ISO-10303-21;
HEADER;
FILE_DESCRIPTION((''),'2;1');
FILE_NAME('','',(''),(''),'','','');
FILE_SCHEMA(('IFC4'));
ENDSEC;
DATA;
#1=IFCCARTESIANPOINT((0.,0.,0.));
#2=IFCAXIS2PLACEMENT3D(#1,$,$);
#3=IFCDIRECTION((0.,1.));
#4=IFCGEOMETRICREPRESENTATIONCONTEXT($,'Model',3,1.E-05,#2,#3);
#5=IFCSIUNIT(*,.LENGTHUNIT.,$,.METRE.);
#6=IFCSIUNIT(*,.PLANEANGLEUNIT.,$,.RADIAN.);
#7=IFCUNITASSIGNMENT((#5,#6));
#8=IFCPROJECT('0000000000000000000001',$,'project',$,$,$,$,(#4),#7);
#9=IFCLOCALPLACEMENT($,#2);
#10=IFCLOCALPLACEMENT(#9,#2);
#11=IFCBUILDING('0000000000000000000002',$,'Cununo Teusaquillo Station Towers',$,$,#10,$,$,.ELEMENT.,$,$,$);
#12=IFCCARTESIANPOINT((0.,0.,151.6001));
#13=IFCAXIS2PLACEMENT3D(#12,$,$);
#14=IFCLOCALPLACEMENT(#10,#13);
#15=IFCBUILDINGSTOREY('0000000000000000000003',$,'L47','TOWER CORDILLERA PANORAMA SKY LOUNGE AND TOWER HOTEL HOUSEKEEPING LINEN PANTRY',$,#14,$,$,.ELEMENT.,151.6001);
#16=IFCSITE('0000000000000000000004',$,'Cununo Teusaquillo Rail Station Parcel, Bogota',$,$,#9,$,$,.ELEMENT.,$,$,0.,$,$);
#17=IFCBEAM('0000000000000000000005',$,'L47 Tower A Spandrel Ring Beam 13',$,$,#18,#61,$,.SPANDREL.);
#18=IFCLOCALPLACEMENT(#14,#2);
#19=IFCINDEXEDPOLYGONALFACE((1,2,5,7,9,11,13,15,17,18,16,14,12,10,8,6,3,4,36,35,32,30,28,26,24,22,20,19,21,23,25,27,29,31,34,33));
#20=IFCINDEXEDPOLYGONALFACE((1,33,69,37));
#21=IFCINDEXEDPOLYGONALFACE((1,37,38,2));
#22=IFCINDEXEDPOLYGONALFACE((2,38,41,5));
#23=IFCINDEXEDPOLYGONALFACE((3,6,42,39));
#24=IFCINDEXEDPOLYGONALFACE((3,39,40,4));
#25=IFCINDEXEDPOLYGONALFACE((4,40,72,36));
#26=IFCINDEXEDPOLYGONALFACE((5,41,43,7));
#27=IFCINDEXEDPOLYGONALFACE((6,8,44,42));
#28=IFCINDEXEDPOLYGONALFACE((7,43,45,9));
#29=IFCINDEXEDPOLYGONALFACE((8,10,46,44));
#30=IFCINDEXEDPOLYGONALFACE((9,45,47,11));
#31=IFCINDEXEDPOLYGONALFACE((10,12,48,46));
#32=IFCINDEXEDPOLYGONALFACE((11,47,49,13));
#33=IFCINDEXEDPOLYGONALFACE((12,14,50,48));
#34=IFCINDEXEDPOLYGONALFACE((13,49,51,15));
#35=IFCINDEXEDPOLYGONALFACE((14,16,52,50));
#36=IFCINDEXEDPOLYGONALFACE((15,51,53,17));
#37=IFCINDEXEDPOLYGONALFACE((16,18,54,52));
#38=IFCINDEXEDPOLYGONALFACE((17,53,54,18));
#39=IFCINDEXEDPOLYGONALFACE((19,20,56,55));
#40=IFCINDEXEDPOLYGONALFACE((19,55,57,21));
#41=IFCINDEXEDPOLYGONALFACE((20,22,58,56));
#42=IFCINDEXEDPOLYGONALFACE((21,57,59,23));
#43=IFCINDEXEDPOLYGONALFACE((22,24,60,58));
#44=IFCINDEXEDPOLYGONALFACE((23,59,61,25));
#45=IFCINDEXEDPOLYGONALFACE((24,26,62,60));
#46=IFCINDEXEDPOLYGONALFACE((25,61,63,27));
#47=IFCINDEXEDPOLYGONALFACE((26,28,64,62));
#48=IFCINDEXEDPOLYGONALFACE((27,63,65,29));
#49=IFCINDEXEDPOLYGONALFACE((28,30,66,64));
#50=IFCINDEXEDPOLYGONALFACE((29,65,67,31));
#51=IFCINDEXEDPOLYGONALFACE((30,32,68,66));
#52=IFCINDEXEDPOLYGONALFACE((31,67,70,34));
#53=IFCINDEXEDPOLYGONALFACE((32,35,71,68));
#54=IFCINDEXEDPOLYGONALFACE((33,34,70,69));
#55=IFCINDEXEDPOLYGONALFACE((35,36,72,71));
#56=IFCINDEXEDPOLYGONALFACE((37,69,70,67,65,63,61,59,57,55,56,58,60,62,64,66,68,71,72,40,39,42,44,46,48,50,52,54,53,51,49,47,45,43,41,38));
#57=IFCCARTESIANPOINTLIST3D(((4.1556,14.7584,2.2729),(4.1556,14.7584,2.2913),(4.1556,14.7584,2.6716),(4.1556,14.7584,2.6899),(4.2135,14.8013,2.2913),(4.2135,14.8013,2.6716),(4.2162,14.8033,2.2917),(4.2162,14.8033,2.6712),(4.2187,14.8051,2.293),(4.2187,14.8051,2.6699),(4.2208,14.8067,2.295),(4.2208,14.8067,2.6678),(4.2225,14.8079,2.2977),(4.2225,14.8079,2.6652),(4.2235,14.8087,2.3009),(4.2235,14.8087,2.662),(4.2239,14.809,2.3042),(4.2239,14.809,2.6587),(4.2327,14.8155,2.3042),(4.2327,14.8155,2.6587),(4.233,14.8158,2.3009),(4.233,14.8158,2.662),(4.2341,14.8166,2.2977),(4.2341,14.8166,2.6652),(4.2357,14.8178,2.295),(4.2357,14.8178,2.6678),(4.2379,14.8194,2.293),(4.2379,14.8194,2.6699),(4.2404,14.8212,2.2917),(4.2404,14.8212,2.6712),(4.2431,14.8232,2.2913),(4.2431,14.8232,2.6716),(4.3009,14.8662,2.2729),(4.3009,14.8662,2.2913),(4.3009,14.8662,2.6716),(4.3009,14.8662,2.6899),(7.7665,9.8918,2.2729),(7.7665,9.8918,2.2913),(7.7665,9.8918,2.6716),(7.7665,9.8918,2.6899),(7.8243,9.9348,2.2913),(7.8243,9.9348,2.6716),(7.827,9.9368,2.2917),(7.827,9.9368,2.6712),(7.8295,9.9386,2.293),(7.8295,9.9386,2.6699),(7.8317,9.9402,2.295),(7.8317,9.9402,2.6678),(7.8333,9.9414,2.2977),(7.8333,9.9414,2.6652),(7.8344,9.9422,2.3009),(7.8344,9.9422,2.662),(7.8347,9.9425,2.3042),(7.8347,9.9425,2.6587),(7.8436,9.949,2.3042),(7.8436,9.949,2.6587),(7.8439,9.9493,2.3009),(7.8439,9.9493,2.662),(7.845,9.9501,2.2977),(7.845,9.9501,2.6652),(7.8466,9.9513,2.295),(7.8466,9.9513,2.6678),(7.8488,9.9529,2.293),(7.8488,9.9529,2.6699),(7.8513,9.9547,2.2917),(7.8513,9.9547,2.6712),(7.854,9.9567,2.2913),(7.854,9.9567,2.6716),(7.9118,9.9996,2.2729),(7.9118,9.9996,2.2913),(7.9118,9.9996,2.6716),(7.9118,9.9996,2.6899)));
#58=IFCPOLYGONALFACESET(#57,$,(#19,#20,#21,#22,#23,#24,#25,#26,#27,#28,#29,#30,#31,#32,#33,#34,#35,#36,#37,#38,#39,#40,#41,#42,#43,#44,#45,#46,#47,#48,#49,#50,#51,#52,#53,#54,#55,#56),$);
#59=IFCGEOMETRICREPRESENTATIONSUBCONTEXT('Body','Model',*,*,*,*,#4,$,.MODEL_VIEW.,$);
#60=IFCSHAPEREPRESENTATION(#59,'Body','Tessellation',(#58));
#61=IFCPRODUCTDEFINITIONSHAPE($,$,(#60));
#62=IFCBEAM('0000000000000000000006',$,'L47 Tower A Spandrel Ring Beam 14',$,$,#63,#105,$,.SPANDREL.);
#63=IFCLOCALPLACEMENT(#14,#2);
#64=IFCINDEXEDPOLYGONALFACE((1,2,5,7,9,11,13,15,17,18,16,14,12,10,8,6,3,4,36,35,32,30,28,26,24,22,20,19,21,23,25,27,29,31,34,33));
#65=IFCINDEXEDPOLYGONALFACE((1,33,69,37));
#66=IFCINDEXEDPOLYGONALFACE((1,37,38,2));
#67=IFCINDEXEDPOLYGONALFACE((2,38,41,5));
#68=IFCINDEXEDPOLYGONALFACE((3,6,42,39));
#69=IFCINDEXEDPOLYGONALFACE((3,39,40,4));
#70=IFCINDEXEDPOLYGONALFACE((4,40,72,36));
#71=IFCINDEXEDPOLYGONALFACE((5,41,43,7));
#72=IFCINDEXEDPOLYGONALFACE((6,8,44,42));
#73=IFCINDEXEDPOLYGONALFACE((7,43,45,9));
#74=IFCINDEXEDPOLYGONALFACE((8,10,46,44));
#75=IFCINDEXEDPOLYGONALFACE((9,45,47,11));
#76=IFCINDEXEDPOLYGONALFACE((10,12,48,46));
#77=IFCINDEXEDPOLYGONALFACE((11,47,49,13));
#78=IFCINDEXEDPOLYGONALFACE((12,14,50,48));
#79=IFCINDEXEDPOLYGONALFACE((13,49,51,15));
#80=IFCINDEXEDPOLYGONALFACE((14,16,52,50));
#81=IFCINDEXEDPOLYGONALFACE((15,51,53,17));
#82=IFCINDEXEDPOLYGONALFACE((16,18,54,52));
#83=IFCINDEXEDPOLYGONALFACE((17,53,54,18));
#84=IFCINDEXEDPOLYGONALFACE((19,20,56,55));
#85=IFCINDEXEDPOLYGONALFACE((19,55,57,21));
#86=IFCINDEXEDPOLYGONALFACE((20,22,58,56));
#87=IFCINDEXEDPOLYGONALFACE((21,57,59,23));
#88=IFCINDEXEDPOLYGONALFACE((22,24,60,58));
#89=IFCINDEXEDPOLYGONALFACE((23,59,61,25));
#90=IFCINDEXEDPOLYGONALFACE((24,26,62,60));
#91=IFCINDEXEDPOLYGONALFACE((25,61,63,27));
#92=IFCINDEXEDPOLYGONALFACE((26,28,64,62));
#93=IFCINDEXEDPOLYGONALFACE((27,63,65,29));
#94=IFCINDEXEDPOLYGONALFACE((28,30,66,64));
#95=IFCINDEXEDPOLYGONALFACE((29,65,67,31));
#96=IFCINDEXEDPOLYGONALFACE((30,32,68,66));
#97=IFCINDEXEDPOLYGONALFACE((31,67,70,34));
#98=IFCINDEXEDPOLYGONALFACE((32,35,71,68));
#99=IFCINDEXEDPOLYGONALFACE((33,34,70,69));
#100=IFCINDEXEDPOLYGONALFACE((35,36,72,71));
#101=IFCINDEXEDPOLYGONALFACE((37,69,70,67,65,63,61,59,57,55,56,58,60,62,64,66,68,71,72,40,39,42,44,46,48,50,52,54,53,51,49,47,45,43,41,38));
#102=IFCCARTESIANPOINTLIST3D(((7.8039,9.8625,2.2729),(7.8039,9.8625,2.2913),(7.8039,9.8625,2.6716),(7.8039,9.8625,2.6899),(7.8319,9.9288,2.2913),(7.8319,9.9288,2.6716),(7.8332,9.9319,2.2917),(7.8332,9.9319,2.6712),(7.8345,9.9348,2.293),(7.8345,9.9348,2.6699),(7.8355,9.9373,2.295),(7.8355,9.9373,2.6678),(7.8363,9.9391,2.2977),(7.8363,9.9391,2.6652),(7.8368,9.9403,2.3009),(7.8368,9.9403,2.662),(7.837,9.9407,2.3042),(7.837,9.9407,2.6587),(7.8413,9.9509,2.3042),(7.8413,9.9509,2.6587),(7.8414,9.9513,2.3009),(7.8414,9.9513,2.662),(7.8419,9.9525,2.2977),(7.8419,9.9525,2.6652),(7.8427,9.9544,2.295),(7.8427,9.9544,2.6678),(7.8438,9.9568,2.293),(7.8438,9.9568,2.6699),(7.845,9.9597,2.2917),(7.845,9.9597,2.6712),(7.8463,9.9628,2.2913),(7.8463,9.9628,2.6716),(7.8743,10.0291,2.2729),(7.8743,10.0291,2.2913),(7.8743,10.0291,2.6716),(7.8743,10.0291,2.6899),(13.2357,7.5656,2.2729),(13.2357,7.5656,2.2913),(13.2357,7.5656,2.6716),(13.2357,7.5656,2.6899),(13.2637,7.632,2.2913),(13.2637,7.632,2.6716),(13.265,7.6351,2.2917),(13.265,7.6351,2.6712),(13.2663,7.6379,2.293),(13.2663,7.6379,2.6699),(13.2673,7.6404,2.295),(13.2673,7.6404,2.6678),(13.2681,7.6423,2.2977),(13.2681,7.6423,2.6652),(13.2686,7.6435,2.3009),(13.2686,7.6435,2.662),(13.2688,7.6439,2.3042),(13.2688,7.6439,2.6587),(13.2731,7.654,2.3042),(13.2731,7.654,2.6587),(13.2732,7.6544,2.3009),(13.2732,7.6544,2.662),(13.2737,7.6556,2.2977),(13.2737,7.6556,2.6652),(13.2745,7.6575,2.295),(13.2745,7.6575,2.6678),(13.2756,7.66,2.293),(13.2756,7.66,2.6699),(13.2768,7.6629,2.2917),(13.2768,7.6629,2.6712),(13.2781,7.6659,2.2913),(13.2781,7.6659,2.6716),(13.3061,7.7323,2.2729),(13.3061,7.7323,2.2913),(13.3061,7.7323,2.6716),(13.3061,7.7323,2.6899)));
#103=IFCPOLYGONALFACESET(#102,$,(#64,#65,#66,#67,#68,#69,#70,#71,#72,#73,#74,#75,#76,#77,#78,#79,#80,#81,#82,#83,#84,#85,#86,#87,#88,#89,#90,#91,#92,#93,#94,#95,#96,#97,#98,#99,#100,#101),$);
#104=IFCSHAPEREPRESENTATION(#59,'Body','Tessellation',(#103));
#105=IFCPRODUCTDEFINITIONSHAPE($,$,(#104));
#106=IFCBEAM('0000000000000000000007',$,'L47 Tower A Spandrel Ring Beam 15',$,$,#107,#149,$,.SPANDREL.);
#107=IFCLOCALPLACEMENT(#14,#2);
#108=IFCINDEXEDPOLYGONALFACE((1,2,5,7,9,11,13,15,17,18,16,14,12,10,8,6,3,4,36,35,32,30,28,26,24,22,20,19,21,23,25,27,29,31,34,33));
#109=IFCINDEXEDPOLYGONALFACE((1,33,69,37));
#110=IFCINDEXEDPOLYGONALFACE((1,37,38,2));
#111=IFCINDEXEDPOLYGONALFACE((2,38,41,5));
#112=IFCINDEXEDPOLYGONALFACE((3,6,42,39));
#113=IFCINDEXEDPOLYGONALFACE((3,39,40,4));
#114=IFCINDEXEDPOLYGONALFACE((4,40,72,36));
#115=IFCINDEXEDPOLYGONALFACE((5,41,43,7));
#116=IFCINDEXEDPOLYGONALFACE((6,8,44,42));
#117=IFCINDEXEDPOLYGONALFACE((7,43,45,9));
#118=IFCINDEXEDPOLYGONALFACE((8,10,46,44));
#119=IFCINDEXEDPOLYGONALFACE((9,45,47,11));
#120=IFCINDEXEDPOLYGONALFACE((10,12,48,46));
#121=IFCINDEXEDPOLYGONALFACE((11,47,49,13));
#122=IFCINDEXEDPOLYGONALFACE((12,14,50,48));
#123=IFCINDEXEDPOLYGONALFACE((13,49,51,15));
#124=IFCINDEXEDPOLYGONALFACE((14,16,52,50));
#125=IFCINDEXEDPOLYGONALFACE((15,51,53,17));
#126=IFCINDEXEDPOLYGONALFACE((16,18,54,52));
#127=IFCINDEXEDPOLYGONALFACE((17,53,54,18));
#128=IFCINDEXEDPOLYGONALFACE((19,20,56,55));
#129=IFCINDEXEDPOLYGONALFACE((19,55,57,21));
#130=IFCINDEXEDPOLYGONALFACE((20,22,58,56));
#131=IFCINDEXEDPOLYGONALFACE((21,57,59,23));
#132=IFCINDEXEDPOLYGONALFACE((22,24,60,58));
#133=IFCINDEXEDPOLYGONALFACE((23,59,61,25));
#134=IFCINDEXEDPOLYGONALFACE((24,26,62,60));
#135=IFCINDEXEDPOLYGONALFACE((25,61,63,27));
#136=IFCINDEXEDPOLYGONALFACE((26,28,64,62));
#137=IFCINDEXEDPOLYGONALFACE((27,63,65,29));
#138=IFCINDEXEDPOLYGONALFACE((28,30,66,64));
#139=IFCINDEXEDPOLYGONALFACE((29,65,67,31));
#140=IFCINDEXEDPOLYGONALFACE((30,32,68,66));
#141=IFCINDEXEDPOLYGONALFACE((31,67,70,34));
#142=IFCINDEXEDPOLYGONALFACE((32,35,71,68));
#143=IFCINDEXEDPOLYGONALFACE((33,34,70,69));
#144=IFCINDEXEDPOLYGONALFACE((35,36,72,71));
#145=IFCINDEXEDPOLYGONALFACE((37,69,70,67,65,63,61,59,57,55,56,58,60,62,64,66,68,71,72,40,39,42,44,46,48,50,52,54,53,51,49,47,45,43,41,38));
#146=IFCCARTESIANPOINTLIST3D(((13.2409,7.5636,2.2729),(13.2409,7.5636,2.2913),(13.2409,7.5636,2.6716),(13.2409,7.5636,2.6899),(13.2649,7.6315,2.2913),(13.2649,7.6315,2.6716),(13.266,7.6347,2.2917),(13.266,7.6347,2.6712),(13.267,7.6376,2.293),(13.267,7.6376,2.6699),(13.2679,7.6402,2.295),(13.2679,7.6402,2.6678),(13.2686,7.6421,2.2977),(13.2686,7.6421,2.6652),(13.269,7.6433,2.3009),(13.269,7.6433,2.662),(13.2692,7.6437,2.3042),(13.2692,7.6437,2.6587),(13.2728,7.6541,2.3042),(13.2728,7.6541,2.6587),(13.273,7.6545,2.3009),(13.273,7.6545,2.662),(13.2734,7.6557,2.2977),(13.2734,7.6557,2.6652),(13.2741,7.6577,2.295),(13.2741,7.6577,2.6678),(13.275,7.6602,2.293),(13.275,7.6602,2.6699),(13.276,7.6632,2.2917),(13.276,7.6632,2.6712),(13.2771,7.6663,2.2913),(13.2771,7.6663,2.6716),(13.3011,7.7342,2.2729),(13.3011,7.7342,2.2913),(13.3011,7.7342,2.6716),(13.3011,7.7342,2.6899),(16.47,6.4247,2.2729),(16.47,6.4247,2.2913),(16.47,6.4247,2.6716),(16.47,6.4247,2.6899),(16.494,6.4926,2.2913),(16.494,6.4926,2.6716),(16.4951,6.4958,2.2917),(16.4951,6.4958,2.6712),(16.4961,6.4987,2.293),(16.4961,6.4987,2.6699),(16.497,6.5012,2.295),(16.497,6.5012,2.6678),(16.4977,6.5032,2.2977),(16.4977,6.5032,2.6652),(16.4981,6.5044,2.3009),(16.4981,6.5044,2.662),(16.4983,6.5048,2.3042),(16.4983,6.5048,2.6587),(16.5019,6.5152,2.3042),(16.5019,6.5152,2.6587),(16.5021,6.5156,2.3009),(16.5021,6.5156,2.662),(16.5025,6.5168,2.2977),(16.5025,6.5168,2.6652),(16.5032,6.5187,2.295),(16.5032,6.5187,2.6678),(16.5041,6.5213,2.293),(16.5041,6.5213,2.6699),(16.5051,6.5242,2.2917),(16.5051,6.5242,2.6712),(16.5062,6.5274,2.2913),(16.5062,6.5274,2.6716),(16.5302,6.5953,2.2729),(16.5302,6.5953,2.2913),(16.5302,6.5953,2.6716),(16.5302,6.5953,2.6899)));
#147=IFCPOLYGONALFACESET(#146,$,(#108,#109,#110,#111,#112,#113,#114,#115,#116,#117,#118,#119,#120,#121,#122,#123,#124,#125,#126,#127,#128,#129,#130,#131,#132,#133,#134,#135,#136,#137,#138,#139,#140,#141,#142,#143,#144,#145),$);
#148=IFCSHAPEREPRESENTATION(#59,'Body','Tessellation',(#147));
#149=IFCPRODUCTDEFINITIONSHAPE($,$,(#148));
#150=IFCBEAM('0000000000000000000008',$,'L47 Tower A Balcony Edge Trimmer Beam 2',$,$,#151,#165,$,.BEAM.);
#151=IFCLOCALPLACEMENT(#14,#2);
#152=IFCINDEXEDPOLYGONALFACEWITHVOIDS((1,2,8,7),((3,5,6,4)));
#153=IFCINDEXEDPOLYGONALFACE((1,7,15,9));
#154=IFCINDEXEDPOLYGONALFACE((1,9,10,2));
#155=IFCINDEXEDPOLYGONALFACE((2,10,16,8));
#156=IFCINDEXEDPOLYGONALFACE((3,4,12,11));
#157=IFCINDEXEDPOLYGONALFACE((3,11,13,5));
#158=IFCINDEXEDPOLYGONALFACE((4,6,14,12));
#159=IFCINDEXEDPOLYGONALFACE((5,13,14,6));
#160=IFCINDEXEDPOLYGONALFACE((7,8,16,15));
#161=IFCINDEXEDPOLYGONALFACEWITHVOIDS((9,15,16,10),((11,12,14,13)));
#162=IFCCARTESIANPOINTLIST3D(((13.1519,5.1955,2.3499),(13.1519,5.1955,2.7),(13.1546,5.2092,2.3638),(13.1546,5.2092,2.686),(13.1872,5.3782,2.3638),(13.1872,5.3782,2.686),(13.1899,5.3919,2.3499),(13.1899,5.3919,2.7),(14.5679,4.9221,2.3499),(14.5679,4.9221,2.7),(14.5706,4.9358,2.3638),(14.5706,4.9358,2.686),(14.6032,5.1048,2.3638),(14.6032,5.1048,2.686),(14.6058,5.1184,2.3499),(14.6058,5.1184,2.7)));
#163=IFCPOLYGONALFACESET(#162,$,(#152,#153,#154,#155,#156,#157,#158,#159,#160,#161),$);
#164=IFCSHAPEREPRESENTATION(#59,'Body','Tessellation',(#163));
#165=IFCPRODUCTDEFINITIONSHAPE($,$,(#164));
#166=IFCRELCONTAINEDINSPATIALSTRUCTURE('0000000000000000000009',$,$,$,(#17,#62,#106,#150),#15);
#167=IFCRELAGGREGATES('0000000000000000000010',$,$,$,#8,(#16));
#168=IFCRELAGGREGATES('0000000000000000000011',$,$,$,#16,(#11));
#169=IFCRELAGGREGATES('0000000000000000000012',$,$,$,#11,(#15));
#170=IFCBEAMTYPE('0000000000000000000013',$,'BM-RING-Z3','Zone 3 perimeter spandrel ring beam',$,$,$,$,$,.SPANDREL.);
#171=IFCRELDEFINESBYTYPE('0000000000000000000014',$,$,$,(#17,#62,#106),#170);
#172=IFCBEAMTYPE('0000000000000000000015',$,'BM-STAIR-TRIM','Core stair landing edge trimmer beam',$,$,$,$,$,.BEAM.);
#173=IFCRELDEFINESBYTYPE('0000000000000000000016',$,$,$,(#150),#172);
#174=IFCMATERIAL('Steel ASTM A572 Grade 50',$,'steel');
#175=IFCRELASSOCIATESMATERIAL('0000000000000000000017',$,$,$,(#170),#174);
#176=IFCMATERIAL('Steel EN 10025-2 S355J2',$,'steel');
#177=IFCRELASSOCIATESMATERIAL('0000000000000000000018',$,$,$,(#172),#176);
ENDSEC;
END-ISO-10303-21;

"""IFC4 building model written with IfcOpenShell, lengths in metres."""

from ifc_helpers import new_model, si_unit, direction, frame, origin, origin_2d, place, context, subcontext, project, spatial, hollow_rectangle, i_section, extrude, material, material_profile, profile_set, type_object, element, save


model = new_model("IFC4")

# Units and contexts
model_context = context("Model", 3, precision=1e-05, world=origin(), true_north=direction((0.0, 1.0)))
body_context = subcontext(model_context, "Body", "Model", "MODEL_VIEW")
ifc_project = project(units=[si_unit("LENGTHUNIT", "METRE"), si_unit("PLANEANGLEUNIT", "RADIAN")], contexts=[model_context])

# Site, building, storey
site_placement = place(None, origin())
site = spatial("IfcSite", under=ifc_project, at=site_placement, Name="Cununo Teusaquillo Rail Station Parcel, Bogota", CompositionType="ELEMENT", RefElevation=0.0)
building_placement = place(site_placement, origin())
building = spatial("IfcBuilding", under=site, at=building_placement, Name="Cununo Teusaquillo Station Towers", CompositionType="ELEMENT")
storey_placement = place(building_placement, frame((0.0, 0.0, 151.6001)))
storey = spatial("IfcBuildingStorey", under=building, at=storey_placement, Name="L47", Description="TOWER CORDILLERA PANORAMA SKY LOUNGE AND TOWER HOTEL HOUSEKEEPING LINEN PANTRY", CompositionType="ELEMENT", Elevation=151.6001)

# Beams
ifc_material_1 = material(Name="Steel ASTM A572 Grade 50", Category="steel")
ifc_material_profile_1 = material_profile(ifc_material_1, i_section(OverallWidth=0.1809, OverallDepth=0.417, WebThickness=0.011, FlangeThickness=0.0183, FilletRadius=0.0129, at=origin_2d()), Name="W16X57")
ifc_profile_set_1 = profile_set([ifc_material_profile_1], Name="Steel ASTM A572 Grade 50")
beam_type_1 = type_object("IfcBeamType", Name="BM-RING-Z3", Description="Zone 3 perimeter spandrel ring beam", PredefinedType="SPANDREL", material=ifc_profile_set_1)
beam_1_placement = place(storey_placement, frame((4.2283, 14.8123, 2.4814), z_axis=(0.595873, -0.803079, 0.0), x_axis=(0.803079, 0.595873, 0.0)))
element("IfcBeam", 1, at=beam_1_placement, inside=storey, type_object=beam_type_1, Name="L47 Tower A Spandrel Ring Beam 13", PredefinedType="SPANDREL", context=body_context, shape_type="SweptSolid", body=[
    extrude(i_section(OverallWidth=0.1809, OverallDepth=0.417, WebThickness=0.011, FlangeThickness=0.0183, FilletRadius=0.0129, at=origin_2d()), origin(), (0.0, 0.0, 1.0), 6.0598),
])
beam_2_placement = place(storey_placement, frame((7.8391, 9.9458, 2.4814), z_axis=(0.921042, -0.389463, 0.0), x_axis=(0.389463, 0.921042, 0.0)))
element("IfcBeam", 2, at=beam_2_placement, inside=storey, type_object=beam_type_1, Name="L47 Tower A Spandrel Ring Beam 14", PredefinedType="SPANDREL", context=body_context, shape_type="SweptSolid", body=[
    extrude(i_section(OverallWidth=0.1809, OverallDepth=0.417, WebThickness=0.011, FlangeThickness=0.0183, FilletRadius=0.0129, at=origin_2d()), origin(), (0.0, 0.0, 1.0), 5.8975),
])
beam_3_placement = place(storey_placement, frame((13.271, 7.6489, 2.4814), z_axis=(0.943057, -0.33263, 0.0), x_axis=(0.33263, 0.943057, 0.0)))
element("IfcBeam", 3, at=beam_3_placement, inside=storey, type_object=beam_type_1, Name="L47 Tower A Spandrel Ring Beam 15", PredefinedType="SPANDREL", context=body_context, shape_type="SweptSolid", body=[
    extrude(i_section(OverallWidth=0.1809, OverallDepth=0.417, WebThickness=0.011, FlangeThickness=0.0183, FilletRadius=0.0129, at=origin_2d()), origin(), (0.0, 0.0, 1.0), 3.4241),
])
ifc_material_2 = material(Name="Steel EN 10025-2 S355J2", Category="steel")
ifc_material_profile_2 = material_profile(ifc_material_2, hollow_rectangle(XDim=0.2, YDim=0.3501, WallThickness=0.0139, at=origin_2d()), Name="RHS 350x200x14")
ifc_profile_set_2 = profile_set([ifc_material_profile_2], Name="Steel EN 10025-2 S355J2")
beam_type_2 = type_object("IfcBeamType", Name="BM-STAIR-TRIM", Description="Core stair landing edge trimmer beam", PredefinedType="BEAM", material=ifc_profile_set_2)
beam_4_placement = place(storey_placement, frame((13.1709, 5.2937, 2.5249), z_axis=(0.981861, -0.189601, 0.0), x_axis=(0.189601, 0.981861, 0.0)))
element("IfcBeam", 4, at=beam_4_placement, inside=storey, type_object=beam_type_2, Name="L47 Tower A Balcony Edge Trimmer Beam 2", PredefinedType="BEAM", context=body_context, shape_type="SweptSolid", body=[
    extrude(hollow_rectangle(XDim=0.2, YDim=0.3501, WallThickness=0.0139, at=origin_2d()), origin(), (0.0, 0.0, 1.0), 1.4421),
])

save(model, "model.ifc")
